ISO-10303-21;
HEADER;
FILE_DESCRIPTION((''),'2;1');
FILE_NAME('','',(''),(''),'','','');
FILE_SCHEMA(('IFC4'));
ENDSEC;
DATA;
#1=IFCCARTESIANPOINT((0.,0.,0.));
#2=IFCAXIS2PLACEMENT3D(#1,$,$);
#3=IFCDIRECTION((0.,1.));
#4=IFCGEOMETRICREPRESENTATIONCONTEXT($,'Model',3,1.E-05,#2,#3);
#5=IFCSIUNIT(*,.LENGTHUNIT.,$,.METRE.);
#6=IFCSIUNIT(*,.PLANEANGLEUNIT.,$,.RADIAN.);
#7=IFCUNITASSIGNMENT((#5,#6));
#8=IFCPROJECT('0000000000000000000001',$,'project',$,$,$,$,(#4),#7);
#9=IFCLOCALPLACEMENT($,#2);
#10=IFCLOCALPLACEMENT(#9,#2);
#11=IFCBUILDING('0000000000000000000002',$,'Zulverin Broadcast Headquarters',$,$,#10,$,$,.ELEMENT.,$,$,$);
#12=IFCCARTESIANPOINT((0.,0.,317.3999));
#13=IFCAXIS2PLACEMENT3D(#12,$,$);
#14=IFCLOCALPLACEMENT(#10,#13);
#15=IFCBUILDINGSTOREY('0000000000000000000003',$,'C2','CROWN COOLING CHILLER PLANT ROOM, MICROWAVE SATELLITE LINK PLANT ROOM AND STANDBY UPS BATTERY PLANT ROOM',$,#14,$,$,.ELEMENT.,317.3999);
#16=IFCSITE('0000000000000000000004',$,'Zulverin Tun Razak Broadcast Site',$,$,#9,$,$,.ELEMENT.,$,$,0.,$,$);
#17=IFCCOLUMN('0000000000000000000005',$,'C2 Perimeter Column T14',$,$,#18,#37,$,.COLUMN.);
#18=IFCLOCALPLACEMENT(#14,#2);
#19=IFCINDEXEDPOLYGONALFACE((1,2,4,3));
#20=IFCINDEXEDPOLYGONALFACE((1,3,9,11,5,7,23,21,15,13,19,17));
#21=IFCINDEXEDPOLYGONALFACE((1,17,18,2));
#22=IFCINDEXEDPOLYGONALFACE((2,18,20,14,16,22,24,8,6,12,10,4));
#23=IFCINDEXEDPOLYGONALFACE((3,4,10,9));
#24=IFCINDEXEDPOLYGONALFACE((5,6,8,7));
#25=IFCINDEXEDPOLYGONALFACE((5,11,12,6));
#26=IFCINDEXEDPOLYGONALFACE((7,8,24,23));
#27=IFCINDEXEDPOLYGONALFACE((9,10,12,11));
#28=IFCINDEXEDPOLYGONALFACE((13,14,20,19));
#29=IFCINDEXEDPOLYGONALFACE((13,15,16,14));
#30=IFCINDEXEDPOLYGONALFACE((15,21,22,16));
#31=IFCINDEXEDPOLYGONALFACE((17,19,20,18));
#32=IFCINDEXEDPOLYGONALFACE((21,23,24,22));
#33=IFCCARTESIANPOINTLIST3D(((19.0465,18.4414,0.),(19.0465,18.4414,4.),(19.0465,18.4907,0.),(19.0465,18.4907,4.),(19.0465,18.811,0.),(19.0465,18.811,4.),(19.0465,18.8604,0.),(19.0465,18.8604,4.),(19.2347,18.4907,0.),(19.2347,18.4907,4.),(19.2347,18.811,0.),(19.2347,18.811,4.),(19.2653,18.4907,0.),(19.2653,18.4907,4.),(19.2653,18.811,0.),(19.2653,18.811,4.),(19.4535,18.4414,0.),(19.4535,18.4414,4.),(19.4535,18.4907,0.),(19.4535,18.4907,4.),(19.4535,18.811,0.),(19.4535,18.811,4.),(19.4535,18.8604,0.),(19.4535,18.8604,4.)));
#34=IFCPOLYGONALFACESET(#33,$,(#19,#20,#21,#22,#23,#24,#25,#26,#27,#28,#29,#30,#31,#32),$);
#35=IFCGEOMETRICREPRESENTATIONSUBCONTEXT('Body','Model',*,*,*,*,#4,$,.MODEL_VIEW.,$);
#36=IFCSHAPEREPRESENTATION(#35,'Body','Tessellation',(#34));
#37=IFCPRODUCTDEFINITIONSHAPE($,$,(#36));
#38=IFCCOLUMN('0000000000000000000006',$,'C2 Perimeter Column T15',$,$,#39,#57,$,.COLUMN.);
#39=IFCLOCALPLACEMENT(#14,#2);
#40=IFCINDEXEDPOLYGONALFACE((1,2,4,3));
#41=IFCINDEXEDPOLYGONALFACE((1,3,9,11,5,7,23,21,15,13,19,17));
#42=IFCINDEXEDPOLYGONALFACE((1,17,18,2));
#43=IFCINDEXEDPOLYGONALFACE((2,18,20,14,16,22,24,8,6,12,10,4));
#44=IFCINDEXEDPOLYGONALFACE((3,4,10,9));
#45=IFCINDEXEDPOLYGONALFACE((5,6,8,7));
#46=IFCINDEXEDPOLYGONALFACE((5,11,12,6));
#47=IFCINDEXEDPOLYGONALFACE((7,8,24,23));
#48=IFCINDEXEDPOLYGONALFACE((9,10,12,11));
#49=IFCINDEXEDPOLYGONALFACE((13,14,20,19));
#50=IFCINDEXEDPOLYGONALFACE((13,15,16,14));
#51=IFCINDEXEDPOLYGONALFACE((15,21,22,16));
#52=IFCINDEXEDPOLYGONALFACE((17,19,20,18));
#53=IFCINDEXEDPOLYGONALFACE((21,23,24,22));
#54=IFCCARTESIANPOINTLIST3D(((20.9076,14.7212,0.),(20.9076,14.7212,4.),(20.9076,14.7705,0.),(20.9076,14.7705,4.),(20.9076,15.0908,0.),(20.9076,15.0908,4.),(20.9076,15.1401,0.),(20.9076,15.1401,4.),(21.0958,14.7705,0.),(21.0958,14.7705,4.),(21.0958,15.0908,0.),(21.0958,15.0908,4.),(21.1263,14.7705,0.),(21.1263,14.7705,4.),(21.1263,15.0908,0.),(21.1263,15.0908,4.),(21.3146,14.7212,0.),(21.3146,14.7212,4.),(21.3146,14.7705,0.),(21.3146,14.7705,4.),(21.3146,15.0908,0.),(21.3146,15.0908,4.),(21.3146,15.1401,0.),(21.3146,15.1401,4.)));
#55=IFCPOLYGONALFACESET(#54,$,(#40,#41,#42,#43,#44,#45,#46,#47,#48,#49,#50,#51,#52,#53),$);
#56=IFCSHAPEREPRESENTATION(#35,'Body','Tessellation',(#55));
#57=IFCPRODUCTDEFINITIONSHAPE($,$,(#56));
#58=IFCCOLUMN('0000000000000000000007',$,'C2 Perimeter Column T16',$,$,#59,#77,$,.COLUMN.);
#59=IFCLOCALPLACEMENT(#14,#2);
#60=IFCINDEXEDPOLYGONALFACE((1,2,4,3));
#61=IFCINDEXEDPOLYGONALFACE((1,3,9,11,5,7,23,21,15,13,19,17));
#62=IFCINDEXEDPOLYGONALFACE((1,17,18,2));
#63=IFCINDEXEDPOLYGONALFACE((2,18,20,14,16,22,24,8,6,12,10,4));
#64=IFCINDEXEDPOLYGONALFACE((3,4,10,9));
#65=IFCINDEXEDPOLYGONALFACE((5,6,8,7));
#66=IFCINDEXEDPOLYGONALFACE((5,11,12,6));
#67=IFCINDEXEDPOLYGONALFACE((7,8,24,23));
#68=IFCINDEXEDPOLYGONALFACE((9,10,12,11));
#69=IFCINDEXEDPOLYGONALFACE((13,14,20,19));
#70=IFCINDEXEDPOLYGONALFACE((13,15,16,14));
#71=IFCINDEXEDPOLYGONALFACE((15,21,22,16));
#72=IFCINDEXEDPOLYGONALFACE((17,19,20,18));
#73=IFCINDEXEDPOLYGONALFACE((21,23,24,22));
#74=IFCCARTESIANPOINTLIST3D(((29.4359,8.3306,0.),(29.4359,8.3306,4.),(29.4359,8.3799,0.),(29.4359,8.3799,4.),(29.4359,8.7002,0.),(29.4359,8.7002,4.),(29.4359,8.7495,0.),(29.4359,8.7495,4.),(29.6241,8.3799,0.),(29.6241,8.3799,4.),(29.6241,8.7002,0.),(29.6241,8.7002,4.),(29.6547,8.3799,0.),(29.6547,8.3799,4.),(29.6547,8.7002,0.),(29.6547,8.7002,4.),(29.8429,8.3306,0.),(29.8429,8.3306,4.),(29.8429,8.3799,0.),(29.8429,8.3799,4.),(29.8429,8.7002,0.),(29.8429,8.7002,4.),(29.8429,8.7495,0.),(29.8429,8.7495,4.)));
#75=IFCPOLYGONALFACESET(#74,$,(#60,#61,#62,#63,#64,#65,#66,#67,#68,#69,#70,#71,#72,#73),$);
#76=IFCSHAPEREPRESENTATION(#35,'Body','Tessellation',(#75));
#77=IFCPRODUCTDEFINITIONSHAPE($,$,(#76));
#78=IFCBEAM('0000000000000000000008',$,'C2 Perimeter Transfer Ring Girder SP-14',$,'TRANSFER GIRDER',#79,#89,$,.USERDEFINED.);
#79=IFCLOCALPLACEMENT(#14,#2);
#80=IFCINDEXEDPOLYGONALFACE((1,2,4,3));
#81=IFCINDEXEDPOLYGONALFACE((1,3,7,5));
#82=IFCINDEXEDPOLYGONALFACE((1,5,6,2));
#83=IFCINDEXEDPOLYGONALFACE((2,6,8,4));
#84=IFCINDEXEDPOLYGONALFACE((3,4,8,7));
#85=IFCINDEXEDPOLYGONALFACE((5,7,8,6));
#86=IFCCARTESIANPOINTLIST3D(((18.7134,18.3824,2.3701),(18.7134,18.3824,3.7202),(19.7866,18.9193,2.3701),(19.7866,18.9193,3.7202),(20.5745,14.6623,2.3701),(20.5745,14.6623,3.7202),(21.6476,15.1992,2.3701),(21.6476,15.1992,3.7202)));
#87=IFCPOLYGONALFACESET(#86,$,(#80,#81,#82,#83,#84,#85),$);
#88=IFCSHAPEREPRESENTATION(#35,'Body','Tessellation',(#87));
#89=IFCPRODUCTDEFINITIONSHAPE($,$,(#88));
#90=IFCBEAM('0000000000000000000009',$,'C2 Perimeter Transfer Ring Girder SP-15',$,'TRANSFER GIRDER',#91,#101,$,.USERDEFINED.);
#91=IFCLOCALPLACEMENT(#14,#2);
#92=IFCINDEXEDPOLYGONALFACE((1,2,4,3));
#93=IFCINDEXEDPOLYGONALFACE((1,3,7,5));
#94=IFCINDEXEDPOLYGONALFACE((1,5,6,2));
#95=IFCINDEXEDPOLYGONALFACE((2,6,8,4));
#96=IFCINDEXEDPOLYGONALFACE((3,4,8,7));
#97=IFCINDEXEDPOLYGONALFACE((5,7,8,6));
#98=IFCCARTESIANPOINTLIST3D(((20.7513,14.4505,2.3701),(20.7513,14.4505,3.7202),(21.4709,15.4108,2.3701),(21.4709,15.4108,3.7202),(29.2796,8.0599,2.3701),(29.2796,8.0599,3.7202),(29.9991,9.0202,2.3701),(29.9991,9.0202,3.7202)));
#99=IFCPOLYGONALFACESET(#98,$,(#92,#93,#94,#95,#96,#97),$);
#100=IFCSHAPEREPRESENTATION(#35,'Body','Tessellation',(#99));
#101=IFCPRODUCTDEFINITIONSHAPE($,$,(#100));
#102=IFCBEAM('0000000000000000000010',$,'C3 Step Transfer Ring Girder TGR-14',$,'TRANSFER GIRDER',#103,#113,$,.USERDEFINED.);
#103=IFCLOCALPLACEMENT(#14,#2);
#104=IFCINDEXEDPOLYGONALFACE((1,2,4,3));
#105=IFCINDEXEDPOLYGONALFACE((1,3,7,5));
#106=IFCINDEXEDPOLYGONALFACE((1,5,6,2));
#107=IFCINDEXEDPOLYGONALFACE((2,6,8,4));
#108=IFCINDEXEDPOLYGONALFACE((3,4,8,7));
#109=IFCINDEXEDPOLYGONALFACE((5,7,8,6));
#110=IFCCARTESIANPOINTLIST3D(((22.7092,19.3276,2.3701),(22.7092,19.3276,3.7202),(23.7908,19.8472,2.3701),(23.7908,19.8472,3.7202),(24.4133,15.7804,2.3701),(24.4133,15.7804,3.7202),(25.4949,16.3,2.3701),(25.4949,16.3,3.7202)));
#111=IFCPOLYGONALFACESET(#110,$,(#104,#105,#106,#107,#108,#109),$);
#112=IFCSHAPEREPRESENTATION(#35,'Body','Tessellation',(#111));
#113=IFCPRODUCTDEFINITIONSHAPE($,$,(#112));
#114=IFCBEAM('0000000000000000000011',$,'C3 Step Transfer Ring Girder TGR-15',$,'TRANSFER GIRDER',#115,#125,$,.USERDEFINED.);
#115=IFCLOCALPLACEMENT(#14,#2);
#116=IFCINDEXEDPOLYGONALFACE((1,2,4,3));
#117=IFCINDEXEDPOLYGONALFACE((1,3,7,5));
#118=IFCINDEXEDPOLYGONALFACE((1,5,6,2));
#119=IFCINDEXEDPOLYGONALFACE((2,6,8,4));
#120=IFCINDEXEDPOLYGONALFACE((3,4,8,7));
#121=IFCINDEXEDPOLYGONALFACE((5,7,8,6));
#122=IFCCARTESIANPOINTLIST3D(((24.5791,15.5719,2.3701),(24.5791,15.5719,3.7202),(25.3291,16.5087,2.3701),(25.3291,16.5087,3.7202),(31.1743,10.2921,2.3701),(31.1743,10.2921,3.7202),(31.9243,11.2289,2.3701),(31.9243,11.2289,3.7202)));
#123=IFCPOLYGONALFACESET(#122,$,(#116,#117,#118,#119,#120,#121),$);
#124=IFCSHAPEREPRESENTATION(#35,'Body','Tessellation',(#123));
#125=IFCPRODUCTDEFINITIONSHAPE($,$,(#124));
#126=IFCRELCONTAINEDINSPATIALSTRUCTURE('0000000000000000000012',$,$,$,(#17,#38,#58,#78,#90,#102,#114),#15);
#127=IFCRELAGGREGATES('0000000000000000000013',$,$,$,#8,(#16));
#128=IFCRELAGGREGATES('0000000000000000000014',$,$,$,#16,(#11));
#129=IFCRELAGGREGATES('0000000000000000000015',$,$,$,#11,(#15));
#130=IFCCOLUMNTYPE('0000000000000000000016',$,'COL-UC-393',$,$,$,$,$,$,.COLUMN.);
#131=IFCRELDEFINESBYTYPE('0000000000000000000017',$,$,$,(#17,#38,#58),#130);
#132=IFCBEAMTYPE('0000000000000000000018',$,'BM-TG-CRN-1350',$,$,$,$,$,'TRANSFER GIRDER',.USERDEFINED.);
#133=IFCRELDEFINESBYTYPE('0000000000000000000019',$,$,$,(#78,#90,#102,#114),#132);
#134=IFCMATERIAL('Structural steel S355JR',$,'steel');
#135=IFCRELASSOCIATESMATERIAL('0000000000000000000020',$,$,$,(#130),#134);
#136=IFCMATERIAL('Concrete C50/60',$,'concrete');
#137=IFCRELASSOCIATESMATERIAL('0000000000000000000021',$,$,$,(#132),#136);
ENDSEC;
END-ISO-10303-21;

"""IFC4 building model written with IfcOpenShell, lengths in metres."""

from ifc_helpers import new_model, si_unit, direction, frame, origin, origin_2d, place, context, subcontext, project, spatial, rectangle, i_section, extrude, material, material_profile, profile_set, type_object, element, save


model = new_model("IFC4")

# Units and contexts
model_context = context("Model", 3, precision=1e-05, world=origin(), true_north=direction((0.0, 1.0)))
body_context = subcontext(model_context, "Body", "Model", "MODEL_VIEW")
ifc_project = project(units=[si_unit("LENGTHUNIT", "METRE"), si_unit("PLANEANGLEUNIT", "RADIAN")], contexts=[model_context])

# Site, building, storey
site_placement = place(None, origin())
site = spatial("IfcSite", under=ifc_project, at=site_placement, Name="Zulverin Tun Razak Broadcast Site", CompositionType="ELEMENT", RefElevation=0.0)
building_placement = place(site_placement, origin())
building = spatial("IfcBuilding", under=site, at=building_placement, Name="Zulverin Broadcast Headquarters", CompositionType="ELEMENT")
storey_placement = place(building_placement, frame((0.0, 0.0, 317.3999)))
storey = spatial("IfcBuildingStorey", under=building, at=storey_placement, Name="C2", Description="CROWN COOLING CHILLER PLANT ROOM, MICROWAVE SATELLITE LINK PLANT ROOM AND STANDBY UPS BATTERY PLANT ROOM", CompositionType="ELEMENT", Elevation=317.3999)

# Columns
ifc_material_1 = material(Name="Structural steel S355JR", Category="steel")
ifc_material_profile_1 = material_profile(ifc_material_1, i_section(OverallWidth=0.407, OverallDepth=0.4189, WebThickness=0.0305, FlangeThickness=0.0493, at=origin_2d()), Name="Structural steel S355JR", Category="steel")
ifc_profile_set_1 = profile_set([ifc_material_profile_1], Name="Structural steel S355JR")
column_type = type_object("IfcColumnType", Name="COL-UC-393", PredefinedType="COLUMN", material=ifc_profile_set_1)
for number, where, z_axis, x_axis, name in (
    (1, (19.25, 18.6509, 0.0), (0.0, 0.0, 1.0), (1.0, 0.0, 0.0), "C2 Perimeter Column T14"),
    (2, (21.1111, 14.9307, 0.0), (0.0, 0.0, 1.0), (1.0, 0.0, 0.0), "C2 Perimeter Column T15"),
    (3, (29.6394, 8.54, 0.0), (0.0, 0.0, 1.0), (1.0, 0.0, 0.0), "C2 Perimeter Column T16"),
):
    element("IfcColumn", number, at=place(storey_placement, frame(where, z_axis=z_axis, x_axis=x_axis)), inside=storey, type_object=column_type, Name=name, PredefinedType="COLUMN", context=body_context, shape_type="SweptSolid", body=[
        extrude(i_section(OverallWidth=0.407, OverallDepth=0.4189, WebThickness=0.0305, FlangeThickness=0.0493, at=origin_2d()), origin(), (0.0, 0.0, 1.0), 4.0),
    ])

# Beams
ifc_material_2 = material(Name="Concrete C50/60", Category="concrete")
ifc_material_profile_2 = material_profile(ifc_material_2, rectangle(XDim=1.2, YDim=1.3501, at=origin_2d()), Name="Concrete C50/60", Category="concrete")
ifc_profile_set_2 = profile_set([ifc_material_profile_2], Name="Concrete C50/60")
beam_type = type_object("IfcBeamType", Name="BM-TG-CRN-1350", ElementType="TRANSFER GIRDER", PredefinedType="USERDEFINED", material=ifc_profile_set_2)
beam_1_placement = place(storey_placement, frame((19.25, 18.6509, 3.0452), z_axis=(0.447401, -0.894333, 0.0), x_axis=(0.894333, 0.447401, 0.0)))
element("IfcBeam", 4, at=beam_1_placement, inside=storey, type_object=beam_type, Name="C2 Perimeter Transfer Ring Girder SP-14", ObjectType="TRANSFER GIRDER", PredefinedType="USERDEFINED", context=body_context, shape_type="SweptSolid", body=[
    extrude(rectangle(XDim=1.2, YDim=1.3501, at=origin_2d()), origin(), (0.0, 0.0, 1.0), 4.1597),
])
beam_2_placement = place(storey_placement, frame((21.1111, 14.9307, 3.0452), z_axis=(0.800253, -0.599663, 0.0), x_axis=(0.599663, 0.800253, 0.0)))
element("IfcBeam", 5, at=beam_2_placement, inside=storey, type_object=beam_type, Name="C2 Perimeter Transfer Ring Girder SP-15", ObjectType="TRANSFER GIRDER", PredefinedType="USERDEFINED", context=body_context, shape_type="SweptSolid", body=[
    extrude(rectangle(XDim=1.2, YDim=1.3501, at=origin_2d()), origin(), (0.0, 0.0, 1.0), 10.657),
])
beam_3_placement = place(storey_placement, frame((23.25, 19.5874, 3.0452), z_axis=(0.433038, -0.901376, 0.0), x_axis=(0.901376, 0.433038, 0.0)))
element("IfcBeam", 6, at=beam_3_placement, inside=storey, type_object=beam_type, Name="C3 Step Transfer Ring Girder TGR-14", ObjectType="TRANSFER GIRDER", PredefinedType="USERDEFINED", context=body_context, shape_type="SweptSolid", body=[
    extrude(rectangle(XDim=1.2, YDim=1.3501, at=origin_2d()), origin(), (0.0, 0.0, 1.0), 3.9353),
])
beam_4_placement = place(storey_placement, frame((24.9541, 16.0403, 3.0452), z_axis=(0.78066, -0.624956, 0.0), x_axis=(0.624956, 0.78066, 0.0)))
element("IfcBeam", 7, at=beam_4_placement, inside=storey, type_object=beam_type, Name="C3 Step Transfer Ring Girder TGR-15", ObjectType="TRANSFER GIRDER", PredefinedType="USERDEFINED", context=body_context, shape_type="SweptSolid", body=[
    extrude(rectangle(XDim=1.2, YDim=1.3501, at=origin_2d()), origin(), (0.0, 0.0, 1.0), 8.4482),
])

save(model, "model.ifc")
